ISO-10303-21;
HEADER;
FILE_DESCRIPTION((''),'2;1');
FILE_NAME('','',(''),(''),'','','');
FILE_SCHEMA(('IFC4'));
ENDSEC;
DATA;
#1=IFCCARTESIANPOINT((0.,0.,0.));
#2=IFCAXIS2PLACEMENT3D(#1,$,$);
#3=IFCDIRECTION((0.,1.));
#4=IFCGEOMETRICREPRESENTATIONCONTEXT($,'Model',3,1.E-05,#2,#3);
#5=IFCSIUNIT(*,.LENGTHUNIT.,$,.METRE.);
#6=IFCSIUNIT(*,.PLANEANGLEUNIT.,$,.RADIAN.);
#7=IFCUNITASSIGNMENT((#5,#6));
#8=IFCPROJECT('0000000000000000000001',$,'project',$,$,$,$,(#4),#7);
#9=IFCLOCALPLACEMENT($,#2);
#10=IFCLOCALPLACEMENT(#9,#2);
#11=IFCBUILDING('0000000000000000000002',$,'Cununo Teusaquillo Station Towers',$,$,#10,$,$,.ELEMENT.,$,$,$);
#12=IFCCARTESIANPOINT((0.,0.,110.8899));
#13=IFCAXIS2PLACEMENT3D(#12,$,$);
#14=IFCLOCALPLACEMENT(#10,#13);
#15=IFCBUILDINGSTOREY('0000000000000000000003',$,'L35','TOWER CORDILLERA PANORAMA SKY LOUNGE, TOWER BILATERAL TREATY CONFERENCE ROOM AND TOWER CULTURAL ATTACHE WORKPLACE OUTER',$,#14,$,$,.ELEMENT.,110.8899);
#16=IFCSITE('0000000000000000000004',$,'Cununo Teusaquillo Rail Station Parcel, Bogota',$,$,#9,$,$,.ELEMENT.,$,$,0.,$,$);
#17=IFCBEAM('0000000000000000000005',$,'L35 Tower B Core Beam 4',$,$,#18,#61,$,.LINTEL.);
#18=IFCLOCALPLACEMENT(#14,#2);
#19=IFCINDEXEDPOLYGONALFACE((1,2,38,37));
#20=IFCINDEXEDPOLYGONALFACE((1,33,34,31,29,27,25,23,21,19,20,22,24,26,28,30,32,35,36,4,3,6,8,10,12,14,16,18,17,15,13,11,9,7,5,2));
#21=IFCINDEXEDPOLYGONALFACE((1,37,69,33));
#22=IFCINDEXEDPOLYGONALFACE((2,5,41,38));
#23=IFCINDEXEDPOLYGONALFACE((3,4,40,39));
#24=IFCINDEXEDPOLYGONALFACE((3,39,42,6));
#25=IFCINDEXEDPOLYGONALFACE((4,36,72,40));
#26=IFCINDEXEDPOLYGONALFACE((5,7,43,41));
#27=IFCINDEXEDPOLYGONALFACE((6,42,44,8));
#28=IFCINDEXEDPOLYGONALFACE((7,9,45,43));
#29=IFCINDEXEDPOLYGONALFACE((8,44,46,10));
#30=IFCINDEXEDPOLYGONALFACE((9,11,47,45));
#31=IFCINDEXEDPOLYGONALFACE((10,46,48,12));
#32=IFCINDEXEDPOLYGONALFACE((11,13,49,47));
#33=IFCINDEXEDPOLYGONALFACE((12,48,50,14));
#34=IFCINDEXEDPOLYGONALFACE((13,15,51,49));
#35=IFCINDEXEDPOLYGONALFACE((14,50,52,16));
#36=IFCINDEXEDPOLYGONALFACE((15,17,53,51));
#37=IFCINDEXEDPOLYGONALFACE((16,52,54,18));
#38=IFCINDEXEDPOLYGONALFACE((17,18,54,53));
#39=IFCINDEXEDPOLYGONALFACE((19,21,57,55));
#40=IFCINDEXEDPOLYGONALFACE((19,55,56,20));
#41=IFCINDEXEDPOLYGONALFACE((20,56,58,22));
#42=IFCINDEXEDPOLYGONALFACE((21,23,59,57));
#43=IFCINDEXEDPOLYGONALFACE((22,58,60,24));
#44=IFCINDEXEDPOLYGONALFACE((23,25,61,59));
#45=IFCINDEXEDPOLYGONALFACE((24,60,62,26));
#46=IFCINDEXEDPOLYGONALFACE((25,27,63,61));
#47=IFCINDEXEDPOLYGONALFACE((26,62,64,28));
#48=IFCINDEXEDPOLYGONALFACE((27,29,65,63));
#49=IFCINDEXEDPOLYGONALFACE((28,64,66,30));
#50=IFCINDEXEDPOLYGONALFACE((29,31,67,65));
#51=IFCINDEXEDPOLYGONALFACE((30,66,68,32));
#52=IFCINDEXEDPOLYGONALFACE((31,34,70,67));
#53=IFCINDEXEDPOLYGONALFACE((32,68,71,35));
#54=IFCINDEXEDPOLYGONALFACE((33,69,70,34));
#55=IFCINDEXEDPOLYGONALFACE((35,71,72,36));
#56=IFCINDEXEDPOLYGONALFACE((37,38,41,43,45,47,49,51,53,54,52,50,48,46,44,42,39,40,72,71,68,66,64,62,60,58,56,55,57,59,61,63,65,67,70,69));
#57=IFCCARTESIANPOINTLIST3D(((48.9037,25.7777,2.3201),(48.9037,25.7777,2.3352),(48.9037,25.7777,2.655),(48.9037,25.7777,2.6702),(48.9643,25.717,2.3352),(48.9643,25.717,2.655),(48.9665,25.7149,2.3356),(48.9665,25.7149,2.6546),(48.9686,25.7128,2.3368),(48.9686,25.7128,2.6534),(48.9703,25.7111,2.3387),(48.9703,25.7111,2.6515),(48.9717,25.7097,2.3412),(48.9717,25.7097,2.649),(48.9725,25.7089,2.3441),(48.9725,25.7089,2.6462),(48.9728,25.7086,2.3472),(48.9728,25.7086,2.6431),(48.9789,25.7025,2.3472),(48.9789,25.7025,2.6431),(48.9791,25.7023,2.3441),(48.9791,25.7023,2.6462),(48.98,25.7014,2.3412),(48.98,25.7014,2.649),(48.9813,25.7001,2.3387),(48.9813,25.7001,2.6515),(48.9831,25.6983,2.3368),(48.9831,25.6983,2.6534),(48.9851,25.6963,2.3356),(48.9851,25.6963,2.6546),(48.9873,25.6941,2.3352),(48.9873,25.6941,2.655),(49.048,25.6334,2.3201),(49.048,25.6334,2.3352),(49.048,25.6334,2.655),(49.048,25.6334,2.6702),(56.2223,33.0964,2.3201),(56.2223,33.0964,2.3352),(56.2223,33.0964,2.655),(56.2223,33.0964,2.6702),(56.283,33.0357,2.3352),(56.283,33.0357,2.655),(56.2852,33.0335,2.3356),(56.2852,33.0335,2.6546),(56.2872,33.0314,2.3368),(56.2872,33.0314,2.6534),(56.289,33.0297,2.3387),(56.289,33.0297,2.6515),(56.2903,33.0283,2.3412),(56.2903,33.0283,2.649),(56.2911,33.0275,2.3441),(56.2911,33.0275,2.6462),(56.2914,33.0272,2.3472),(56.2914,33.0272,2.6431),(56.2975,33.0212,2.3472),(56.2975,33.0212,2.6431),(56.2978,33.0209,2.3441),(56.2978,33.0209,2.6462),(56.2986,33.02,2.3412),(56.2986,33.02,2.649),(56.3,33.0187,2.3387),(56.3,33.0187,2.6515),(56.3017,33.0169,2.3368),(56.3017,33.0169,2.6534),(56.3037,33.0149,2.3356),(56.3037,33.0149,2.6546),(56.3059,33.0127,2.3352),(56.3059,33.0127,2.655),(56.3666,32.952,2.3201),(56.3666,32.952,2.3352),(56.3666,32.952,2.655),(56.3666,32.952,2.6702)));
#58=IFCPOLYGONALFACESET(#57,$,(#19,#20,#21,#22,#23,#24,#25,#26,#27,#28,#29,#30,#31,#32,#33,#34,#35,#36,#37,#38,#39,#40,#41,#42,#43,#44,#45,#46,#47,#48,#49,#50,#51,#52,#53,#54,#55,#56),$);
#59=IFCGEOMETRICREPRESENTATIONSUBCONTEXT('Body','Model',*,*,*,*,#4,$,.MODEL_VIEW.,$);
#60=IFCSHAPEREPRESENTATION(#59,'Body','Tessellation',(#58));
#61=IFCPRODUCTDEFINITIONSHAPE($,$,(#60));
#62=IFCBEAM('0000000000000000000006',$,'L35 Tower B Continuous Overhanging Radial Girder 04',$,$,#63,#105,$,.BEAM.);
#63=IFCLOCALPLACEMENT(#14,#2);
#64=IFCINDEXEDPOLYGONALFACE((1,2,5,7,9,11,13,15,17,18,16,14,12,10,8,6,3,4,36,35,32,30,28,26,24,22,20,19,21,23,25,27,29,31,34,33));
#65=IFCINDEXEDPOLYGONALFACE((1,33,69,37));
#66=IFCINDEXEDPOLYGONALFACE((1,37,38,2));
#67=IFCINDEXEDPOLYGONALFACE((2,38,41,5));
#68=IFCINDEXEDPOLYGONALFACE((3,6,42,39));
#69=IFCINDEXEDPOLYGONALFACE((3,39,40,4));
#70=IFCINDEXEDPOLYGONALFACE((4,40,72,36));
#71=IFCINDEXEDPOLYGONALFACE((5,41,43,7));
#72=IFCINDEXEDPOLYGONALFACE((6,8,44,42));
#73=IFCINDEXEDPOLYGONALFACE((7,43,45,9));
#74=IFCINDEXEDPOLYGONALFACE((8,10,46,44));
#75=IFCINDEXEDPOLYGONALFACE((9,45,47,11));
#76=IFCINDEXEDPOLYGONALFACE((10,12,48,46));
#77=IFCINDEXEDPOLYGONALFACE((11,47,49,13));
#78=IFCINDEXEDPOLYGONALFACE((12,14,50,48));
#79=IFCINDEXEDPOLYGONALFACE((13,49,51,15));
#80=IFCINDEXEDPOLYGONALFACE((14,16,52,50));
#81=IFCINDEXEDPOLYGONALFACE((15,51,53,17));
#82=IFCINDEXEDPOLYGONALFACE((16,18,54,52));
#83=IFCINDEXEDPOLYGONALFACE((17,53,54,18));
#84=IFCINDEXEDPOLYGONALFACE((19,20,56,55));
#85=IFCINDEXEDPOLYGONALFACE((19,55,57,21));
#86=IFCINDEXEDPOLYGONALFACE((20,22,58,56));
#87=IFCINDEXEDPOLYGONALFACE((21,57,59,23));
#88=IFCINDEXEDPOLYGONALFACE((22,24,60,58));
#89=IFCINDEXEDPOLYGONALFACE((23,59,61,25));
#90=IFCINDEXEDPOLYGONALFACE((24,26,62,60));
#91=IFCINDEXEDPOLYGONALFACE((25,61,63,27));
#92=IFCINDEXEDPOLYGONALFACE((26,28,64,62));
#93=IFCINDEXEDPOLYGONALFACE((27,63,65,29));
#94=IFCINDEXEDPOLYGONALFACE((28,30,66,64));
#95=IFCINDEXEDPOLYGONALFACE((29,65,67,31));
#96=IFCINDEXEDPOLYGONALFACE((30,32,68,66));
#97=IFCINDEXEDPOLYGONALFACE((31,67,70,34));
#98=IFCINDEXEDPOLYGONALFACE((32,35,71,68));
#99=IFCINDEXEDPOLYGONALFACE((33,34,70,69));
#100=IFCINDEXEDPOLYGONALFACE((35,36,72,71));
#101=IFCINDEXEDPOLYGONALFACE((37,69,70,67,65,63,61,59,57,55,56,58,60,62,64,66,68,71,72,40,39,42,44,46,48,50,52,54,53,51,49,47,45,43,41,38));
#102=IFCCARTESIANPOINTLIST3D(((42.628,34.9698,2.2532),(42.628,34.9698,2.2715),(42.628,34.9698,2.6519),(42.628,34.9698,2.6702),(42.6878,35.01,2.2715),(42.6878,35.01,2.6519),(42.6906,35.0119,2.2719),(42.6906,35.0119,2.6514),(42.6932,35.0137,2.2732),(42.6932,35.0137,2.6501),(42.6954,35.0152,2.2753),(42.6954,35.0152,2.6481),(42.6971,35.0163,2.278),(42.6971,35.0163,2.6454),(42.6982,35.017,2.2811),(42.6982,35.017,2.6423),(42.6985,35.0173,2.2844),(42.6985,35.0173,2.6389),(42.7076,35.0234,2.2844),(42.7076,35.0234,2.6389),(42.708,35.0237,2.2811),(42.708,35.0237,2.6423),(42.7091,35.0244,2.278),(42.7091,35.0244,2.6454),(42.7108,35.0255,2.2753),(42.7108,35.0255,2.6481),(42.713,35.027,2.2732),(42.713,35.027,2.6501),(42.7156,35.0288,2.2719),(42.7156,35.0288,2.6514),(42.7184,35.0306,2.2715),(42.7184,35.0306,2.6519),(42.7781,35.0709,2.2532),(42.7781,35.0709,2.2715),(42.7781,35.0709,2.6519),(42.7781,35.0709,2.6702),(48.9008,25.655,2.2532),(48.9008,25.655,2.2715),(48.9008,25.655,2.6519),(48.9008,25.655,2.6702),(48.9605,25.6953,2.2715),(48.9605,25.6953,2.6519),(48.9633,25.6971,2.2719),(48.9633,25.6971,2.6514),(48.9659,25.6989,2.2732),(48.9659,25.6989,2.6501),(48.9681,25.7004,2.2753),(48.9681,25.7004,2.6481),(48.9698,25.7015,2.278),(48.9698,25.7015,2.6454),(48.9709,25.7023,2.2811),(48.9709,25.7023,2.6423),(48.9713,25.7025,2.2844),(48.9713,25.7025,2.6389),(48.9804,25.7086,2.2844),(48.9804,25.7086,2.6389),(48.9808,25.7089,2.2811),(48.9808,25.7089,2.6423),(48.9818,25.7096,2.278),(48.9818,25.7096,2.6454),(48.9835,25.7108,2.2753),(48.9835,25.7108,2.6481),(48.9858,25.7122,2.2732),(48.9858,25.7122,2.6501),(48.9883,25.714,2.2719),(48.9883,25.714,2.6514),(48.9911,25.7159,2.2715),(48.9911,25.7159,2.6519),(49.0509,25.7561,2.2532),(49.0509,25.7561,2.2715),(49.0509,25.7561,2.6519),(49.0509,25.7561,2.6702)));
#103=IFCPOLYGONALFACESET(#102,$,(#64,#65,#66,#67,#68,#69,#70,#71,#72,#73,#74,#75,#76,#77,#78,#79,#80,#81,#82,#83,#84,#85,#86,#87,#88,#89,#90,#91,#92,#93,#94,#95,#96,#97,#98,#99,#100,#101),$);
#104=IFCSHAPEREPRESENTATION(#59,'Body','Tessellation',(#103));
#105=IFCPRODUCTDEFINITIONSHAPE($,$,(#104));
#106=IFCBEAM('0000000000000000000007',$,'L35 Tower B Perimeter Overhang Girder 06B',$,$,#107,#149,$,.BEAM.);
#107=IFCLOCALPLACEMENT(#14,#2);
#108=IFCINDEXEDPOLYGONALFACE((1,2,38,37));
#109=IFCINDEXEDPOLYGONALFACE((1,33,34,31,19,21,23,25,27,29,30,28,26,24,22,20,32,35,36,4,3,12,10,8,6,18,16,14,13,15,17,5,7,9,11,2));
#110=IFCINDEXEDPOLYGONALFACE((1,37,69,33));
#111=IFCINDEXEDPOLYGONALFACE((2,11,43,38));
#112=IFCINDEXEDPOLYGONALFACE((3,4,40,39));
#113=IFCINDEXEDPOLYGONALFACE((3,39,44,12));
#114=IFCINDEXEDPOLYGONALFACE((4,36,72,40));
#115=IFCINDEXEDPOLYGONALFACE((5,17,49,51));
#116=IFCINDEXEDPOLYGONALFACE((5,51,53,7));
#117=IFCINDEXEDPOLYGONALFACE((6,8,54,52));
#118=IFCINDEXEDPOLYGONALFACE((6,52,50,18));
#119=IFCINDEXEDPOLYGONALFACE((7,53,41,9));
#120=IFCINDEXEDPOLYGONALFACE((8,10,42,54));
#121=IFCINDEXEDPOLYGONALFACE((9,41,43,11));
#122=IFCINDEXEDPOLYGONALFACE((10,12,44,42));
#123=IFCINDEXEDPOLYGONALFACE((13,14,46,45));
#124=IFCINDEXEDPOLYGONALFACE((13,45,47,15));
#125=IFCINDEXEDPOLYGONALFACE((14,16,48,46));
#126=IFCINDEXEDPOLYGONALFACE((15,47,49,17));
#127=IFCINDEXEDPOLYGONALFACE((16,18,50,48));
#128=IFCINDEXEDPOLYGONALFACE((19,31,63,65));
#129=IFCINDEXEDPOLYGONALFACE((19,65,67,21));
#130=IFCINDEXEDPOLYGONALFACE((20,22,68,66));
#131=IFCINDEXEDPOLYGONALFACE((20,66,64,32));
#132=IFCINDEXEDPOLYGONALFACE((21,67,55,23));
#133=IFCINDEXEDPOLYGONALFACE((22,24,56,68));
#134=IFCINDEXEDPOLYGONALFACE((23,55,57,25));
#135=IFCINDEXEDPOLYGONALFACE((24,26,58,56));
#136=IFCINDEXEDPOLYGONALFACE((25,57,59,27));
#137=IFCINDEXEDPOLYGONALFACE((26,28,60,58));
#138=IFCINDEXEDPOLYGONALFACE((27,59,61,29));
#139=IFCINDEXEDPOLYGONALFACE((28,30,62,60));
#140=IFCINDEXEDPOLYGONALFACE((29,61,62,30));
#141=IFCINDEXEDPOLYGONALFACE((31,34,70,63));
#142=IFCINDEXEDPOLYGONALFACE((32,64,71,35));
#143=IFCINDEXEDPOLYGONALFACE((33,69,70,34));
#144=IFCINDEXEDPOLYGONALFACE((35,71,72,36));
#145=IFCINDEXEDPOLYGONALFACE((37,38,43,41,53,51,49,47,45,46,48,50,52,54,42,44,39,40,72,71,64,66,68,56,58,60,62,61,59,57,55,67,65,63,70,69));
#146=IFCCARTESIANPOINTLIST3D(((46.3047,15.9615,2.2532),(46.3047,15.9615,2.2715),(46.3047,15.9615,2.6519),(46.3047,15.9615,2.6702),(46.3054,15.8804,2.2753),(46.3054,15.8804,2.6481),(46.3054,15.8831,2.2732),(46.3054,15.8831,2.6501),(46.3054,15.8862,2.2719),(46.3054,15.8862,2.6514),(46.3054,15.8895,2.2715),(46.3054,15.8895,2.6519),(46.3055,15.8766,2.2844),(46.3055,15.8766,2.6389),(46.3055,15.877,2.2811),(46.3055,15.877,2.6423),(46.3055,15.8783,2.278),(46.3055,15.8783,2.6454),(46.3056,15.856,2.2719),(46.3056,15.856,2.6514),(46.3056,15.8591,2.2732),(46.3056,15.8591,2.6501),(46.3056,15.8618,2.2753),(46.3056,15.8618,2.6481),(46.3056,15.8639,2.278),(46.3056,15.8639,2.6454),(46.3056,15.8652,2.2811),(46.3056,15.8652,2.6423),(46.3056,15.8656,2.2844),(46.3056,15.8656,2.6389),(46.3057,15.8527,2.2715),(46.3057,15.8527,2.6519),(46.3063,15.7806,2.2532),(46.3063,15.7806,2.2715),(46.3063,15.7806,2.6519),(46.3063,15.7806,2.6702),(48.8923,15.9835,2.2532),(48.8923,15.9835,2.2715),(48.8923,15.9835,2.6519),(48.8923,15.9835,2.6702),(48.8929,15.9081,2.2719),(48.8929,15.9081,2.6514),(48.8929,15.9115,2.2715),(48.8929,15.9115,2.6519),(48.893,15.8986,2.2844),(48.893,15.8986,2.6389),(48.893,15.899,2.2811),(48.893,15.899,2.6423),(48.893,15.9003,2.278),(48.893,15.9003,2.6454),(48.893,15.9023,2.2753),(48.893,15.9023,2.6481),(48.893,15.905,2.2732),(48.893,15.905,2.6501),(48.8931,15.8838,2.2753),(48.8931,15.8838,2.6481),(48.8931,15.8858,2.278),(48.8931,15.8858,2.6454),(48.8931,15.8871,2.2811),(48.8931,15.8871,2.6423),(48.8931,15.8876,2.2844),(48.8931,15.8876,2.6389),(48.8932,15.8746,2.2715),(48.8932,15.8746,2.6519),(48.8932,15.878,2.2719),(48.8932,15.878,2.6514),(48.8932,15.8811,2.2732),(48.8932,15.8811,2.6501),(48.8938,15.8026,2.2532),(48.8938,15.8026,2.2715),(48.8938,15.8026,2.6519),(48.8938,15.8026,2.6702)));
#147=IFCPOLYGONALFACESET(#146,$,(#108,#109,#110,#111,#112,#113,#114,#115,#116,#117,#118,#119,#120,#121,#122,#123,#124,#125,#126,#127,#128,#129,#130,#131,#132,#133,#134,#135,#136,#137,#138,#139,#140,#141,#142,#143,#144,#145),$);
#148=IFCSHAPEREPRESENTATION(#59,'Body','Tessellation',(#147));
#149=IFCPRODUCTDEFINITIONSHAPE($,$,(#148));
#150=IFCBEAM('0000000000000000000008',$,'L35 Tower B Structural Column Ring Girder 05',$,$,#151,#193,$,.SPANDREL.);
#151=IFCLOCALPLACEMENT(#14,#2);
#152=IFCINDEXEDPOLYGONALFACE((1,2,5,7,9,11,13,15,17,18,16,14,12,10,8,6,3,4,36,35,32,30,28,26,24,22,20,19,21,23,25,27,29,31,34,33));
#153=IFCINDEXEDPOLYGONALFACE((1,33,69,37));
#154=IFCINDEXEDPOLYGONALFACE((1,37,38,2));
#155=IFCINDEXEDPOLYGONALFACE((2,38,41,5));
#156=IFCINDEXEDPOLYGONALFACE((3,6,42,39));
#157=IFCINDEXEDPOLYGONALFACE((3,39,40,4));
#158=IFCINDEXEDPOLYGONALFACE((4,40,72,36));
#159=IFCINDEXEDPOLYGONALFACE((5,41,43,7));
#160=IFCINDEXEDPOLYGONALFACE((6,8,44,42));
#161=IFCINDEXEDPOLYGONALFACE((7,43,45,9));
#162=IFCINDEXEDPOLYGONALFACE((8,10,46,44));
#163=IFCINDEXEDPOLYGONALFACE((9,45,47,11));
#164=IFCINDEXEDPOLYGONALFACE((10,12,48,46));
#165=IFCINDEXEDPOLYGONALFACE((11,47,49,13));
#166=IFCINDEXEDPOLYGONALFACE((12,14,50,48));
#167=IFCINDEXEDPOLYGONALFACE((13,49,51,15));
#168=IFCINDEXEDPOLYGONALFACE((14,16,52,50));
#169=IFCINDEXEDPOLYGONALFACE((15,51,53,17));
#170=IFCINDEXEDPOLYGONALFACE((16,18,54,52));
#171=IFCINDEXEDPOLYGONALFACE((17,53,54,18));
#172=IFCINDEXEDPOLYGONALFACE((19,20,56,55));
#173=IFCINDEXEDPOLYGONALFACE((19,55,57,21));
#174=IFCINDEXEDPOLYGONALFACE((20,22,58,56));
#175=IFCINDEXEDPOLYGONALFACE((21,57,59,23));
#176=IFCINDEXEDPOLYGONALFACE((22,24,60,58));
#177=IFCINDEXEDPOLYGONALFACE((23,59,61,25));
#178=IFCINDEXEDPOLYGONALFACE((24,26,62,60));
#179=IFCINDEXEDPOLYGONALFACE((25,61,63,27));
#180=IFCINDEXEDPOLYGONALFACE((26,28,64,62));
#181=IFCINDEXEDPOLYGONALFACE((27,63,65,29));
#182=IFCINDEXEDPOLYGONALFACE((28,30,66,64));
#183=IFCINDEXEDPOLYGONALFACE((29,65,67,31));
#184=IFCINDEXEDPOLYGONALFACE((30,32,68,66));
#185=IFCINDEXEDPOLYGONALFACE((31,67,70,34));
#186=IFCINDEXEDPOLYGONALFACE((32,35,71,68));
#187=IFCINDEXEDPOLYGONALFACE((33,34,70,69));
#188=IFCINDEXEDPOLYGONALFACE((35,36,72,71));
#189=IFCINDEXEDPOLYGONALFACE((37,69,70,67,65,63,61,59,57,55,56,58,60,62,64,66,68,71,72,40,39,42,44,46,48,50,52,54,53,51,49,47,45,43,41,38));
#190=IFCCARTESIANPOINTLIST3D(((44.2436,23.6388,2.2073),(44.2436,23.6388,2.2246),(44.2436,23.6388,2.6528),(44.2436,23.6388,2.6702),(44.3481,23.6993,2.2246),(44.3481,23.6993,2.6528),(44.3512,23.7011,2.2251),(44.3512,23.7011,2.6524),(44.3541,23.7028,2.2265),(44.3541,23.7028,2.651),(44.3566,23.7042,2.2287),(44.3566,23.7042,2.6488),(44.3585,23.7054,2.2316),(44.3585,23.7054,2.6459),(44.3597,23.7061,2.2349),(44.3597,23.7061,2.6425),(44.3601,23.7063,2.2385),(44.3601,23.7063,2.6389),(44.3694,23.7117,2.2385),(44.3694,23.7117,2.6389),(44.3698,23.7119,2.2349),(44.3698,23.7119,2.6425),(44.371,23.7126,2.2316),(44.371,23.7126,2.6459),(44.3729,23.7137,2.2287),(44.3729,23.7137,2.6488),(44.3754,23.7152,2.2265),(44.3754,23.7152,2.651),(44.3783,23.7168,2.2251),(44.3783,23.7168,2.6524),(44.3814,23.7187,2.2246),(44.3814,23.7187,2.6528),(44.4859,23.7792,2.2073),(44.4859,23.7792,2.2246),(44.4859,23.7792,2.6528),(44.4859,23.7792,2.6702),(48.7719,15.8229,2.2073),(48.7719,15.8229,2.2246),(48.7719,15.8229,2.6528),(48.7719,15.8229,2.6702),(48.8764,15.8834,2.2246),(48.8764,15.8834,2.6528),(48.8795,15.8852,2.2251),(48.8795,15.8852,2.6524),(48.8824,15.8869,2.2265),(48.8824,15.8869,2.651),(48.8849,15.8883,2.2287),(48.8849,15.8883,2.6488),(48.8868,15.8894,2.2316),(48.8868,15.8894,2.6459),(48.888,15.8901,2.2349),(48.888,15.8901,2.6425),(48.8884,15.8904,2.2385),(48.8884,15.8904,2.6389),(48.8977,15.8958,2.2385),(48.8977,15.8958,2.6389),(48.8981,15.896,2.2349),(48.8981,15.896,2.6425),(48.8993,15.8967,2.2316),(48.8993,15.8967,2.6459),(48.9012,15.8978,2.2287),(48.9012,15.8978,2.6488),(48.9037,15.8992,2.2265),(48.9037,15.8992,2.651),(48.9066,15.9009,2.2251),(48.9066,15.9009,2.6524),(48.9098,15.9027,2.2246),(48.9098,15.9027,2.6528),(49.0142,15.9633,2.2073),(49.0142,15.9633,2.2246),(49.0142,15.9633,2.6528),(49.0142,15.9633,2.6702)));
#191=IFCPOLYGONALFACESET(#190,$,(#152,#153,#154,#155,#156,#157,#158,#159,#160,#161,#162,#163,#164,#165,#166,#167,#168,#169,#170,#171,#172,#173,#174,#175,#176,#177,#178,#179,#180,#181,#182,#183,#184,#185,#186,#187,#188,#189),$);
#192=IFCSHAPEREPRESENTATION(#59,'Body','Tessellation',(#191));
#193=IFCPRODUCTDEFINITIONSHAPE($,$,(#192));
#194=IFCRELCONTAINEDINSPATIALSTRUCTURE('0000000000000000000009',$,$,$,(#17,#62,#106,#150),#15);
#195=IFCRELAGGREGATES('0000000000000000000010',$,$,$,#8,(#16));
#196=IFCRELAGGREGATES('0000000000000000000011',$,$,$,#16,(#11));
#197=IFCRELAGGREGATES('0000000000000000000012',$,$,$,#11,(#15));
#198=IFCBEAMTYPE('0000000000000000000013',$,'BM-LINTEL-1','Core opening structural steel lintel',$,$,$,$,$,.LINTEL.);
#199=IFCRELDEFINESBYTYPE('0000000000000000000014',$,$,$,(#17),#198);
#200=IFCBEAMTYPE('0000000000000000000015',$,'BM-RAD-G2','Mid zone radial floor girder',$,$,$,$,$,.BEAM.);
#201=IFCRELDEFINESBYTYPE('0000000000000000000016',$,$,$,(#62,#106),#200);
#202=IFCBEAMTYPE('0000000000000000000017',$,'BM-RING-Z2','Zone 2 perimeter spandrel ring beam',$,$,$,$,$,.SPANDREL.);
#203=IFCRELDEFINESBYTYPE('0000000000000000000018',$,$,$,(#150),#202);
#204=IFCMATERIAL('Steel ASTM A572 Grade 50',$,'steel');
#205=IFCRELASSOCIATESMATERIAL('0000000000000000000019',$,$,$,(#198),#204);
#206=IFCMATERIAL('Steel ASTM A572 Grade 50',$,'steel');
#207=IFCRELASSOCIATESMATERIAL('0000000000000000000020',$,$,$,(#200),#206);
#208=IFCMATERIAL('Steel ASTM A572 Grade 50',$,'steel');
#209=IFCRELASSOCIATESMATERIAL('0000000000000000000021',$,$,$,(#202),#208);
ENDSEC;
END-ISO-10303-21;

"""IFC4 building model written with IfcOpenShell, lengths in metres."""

from ifc_helpers import new_model, si_unit, direction, frame, origin, origin_2d, place, context, subcontext, project, spatial, i_section, extrude, material, material_profile, profile_set, type_object, element, save


model = new_model("IFC4")

# Units and contexts
model_context = context("Model", 3, precision=1e-05, world=origin(), true_north=direction((0.0, 1.0)))
body_context = subcontext(model_context, "Body", "Model", "MODEL_VIEW")
ifc_project = project(units=[si_unit("LENGTHUNIT", "METRE"), si_unit("PLANEANGLEUNIT", "RADIAN")], contexts=[model_context])

# Site, building, storey
site_placement = place(None, origin())
site = spatial("IfcSite", under=ifc_project, at=site_placement, Name="Cununo Teusaquillo Rail Station Parcel, Bogota", CompositionType="ELEMENT", RefElevation=0.0)
building_placement = place(site_placement, origin())
building = spatial("IfcBuilding", under=site, at=building_placement, Name="Cununo Teusaquillo Station Towers", CompositionType="ELEMENT")
storey_placement = place(building_placement, frame((0.0, 0.0, 110.8899)))
storey = spatial("IfcBuildingStorey", under=building, at=storey_placement, Name="L35", Description="TOWER CORDILLERA PANORAMA SKY LOUNGE, TOWER BILATERAL TREATY CONFERENCE ROOM AND TOWER CULTURAL ATTACHE WORKPLACE OUTER", CompositionType="ELEMENT", Elevation=110.8899)

# Beams
ifc_material_1 = material(Name="Steel ASTM A572 Grade 50", Category="steel")
ifc_material_profile_1 = material_profile(ifc_material_1, i_section(OverallWidth=0.2041, OverallDepth=0.3501, WebThickness=0.0085, FlangeThickness=0.0151, FilletRadius=0.012, at=origin_2d()), Name="W14X48")
ifc_profile_set_1 = profile_set([ifc_material_profile_1], Name="Steel ASTM A572 Grade 50")
beam_type_1 = type_object("IfcBeamType", Name="BM-LINTEL-1", Description="Core opening structural steel lintel", PredefinedType="LINTEL", material=ifc_profile_set_1)
beam_1_placement = place(storey_placement, frame((48.9758, 25.7056, 2.4951), z_axis=(0.707107, 0.707107, 0.0), x_axis=(-0.707107, 0.707107, 0.0)))
element("IfcBeam", 1, at=beam_1_placement, inside=storey, type_object=beam_type_1, Name="L35 Tower B Core Beam 4", PredefinedType="LINTEL", context=body_context, shape_type="SweptSolid", body=[
    extrude(i_section(OverallWidth=0.2041, OverallDepth=0.3501, WebThickness=0.0085, FlangeThickness=0.0151, FilletRadius=0.012, at=origin_2d()), origin(), (0.0, 0.0, 1.0), 10.3501),
])
ifc_material_2 = material(Name="Steel ASTM A572 Grade 50", Category="steel")
ifc_material_profile_2 = material_profile(ifc_material_2, i_section(OverallWidth=0.1809, OverallDepth=0.417, WebThickness=0.011, FlangeThickness=0.0183, FilletRadius=0.0129, at=origin_2d()), Name="W16X57")
ifc_profile_set_2 = profile_set([ifc_material_profile_2], Name="Steel ASTM A572 Grade 50")
beam_type_2 = type_object("IfcBeamType", Name="BM-RAD-G2", Description="Mid zone radial floor girder", PredefinedType="BEAM", material=ifc_profile_set_2)
beam_2_placement = place(storey_placement, frame((48.9758, 25.7056, 2.4617), z_axis=(-0.558572, 0.829456, 0.0), x_axis=(-0.829456, -0.558572, 0.0)))
element("IfcBeam", 2, at=beam_2_placement, inside=storey, type_object=beam_type_2, Name="L35 Tower B Continuous Overhanging Radial Girder 04", PredefinedType="BEAM", context=body_context, shape_type="SweptSolid", body=[
    extrude(i_section(OverallWidth=0.1809, OverallDepth=0.417, WebThickness=0.011, FlangeThickness=0.0183, FilletRadius=0.0129, at=origin_2d()), origin(), (0.0, 0.0, 1.0), 11.23),
])
beam_3_placement = place(storey_placement, frame((48.8931, 15.8931, 2.4617), z_axis=(-0.999964, -0.008491, 0.0), x_axis=(0.008491, -0.999964, 0.0)))
element("IfcBeam", 3, at=beam_3_placement, inside=storey, type_object=beam_type_2, Name="L35 Tower B Perimeter Overhang Girder 06B", PredefinedType="BEAM", context=body_context, shape_type="SweptSolid", body=[
    extrude(i_section(OverallWidth=0.1809, OverallDepth=0.417, WebThickness=0.011, FlangeThickness=0.0183, FilletRadius=0.0129, at=origin_2d()), origin(), (0.0, 0.0, 1.0), 2.5876),
])
ifc_material_3 = material(Name="Steel ASTM A572 Grade 50", Category="steel")
ifc_material_profile_3 = material_profile(ifc_material_3, i_section(OverallWidth=0.28, OverallDepth=0.4629, WebThickness=0.0107, FlangeThickness=0.0173, FilletRadius=0.0139, at=origin_2d()), Name="W18X76")
ifc_profile_set_3 = profile_set([ifc_material_profile_3], Name="Steel ASTM A572 Grade 50")
beam_type_3 = type_object("IfcBeamType", Name="BM-RING-Z2", Description="Zone 2 perimeter spandrel ring beam", PredefinedType="SPANDREL", material=ifc_profile_set_3)
for number, where, z_axis, x_axis, name in (
    (4, (44.3647, 23.709, 2.4387), (0.501311, -0.865267, 0.0), (0.865267, 0.501311, 0.0), "L35 Tower B Structural Column Ring Girder 05"),
):
    element("IfcBeam", number, at=place(storey_placement, frame(where, z_axis=z_axis, x_axis=x_axis)), inside=storey, type_object=beam_type_3, Name=name, PredefinedType="SPANDREL", context=body_context, shape_type="SweptSolid", body=[
        extrude(i_section(OverallWidth=0.28, OverallDepth=0.4629, WebThickness=0.0107, FlangeThickness=0.0173, FilletRadius=0.0139, at=origin_2d()), origin(), (0.0, 0.0, 1.0), 9.033),
    ])

save(model, "model.ifc")
